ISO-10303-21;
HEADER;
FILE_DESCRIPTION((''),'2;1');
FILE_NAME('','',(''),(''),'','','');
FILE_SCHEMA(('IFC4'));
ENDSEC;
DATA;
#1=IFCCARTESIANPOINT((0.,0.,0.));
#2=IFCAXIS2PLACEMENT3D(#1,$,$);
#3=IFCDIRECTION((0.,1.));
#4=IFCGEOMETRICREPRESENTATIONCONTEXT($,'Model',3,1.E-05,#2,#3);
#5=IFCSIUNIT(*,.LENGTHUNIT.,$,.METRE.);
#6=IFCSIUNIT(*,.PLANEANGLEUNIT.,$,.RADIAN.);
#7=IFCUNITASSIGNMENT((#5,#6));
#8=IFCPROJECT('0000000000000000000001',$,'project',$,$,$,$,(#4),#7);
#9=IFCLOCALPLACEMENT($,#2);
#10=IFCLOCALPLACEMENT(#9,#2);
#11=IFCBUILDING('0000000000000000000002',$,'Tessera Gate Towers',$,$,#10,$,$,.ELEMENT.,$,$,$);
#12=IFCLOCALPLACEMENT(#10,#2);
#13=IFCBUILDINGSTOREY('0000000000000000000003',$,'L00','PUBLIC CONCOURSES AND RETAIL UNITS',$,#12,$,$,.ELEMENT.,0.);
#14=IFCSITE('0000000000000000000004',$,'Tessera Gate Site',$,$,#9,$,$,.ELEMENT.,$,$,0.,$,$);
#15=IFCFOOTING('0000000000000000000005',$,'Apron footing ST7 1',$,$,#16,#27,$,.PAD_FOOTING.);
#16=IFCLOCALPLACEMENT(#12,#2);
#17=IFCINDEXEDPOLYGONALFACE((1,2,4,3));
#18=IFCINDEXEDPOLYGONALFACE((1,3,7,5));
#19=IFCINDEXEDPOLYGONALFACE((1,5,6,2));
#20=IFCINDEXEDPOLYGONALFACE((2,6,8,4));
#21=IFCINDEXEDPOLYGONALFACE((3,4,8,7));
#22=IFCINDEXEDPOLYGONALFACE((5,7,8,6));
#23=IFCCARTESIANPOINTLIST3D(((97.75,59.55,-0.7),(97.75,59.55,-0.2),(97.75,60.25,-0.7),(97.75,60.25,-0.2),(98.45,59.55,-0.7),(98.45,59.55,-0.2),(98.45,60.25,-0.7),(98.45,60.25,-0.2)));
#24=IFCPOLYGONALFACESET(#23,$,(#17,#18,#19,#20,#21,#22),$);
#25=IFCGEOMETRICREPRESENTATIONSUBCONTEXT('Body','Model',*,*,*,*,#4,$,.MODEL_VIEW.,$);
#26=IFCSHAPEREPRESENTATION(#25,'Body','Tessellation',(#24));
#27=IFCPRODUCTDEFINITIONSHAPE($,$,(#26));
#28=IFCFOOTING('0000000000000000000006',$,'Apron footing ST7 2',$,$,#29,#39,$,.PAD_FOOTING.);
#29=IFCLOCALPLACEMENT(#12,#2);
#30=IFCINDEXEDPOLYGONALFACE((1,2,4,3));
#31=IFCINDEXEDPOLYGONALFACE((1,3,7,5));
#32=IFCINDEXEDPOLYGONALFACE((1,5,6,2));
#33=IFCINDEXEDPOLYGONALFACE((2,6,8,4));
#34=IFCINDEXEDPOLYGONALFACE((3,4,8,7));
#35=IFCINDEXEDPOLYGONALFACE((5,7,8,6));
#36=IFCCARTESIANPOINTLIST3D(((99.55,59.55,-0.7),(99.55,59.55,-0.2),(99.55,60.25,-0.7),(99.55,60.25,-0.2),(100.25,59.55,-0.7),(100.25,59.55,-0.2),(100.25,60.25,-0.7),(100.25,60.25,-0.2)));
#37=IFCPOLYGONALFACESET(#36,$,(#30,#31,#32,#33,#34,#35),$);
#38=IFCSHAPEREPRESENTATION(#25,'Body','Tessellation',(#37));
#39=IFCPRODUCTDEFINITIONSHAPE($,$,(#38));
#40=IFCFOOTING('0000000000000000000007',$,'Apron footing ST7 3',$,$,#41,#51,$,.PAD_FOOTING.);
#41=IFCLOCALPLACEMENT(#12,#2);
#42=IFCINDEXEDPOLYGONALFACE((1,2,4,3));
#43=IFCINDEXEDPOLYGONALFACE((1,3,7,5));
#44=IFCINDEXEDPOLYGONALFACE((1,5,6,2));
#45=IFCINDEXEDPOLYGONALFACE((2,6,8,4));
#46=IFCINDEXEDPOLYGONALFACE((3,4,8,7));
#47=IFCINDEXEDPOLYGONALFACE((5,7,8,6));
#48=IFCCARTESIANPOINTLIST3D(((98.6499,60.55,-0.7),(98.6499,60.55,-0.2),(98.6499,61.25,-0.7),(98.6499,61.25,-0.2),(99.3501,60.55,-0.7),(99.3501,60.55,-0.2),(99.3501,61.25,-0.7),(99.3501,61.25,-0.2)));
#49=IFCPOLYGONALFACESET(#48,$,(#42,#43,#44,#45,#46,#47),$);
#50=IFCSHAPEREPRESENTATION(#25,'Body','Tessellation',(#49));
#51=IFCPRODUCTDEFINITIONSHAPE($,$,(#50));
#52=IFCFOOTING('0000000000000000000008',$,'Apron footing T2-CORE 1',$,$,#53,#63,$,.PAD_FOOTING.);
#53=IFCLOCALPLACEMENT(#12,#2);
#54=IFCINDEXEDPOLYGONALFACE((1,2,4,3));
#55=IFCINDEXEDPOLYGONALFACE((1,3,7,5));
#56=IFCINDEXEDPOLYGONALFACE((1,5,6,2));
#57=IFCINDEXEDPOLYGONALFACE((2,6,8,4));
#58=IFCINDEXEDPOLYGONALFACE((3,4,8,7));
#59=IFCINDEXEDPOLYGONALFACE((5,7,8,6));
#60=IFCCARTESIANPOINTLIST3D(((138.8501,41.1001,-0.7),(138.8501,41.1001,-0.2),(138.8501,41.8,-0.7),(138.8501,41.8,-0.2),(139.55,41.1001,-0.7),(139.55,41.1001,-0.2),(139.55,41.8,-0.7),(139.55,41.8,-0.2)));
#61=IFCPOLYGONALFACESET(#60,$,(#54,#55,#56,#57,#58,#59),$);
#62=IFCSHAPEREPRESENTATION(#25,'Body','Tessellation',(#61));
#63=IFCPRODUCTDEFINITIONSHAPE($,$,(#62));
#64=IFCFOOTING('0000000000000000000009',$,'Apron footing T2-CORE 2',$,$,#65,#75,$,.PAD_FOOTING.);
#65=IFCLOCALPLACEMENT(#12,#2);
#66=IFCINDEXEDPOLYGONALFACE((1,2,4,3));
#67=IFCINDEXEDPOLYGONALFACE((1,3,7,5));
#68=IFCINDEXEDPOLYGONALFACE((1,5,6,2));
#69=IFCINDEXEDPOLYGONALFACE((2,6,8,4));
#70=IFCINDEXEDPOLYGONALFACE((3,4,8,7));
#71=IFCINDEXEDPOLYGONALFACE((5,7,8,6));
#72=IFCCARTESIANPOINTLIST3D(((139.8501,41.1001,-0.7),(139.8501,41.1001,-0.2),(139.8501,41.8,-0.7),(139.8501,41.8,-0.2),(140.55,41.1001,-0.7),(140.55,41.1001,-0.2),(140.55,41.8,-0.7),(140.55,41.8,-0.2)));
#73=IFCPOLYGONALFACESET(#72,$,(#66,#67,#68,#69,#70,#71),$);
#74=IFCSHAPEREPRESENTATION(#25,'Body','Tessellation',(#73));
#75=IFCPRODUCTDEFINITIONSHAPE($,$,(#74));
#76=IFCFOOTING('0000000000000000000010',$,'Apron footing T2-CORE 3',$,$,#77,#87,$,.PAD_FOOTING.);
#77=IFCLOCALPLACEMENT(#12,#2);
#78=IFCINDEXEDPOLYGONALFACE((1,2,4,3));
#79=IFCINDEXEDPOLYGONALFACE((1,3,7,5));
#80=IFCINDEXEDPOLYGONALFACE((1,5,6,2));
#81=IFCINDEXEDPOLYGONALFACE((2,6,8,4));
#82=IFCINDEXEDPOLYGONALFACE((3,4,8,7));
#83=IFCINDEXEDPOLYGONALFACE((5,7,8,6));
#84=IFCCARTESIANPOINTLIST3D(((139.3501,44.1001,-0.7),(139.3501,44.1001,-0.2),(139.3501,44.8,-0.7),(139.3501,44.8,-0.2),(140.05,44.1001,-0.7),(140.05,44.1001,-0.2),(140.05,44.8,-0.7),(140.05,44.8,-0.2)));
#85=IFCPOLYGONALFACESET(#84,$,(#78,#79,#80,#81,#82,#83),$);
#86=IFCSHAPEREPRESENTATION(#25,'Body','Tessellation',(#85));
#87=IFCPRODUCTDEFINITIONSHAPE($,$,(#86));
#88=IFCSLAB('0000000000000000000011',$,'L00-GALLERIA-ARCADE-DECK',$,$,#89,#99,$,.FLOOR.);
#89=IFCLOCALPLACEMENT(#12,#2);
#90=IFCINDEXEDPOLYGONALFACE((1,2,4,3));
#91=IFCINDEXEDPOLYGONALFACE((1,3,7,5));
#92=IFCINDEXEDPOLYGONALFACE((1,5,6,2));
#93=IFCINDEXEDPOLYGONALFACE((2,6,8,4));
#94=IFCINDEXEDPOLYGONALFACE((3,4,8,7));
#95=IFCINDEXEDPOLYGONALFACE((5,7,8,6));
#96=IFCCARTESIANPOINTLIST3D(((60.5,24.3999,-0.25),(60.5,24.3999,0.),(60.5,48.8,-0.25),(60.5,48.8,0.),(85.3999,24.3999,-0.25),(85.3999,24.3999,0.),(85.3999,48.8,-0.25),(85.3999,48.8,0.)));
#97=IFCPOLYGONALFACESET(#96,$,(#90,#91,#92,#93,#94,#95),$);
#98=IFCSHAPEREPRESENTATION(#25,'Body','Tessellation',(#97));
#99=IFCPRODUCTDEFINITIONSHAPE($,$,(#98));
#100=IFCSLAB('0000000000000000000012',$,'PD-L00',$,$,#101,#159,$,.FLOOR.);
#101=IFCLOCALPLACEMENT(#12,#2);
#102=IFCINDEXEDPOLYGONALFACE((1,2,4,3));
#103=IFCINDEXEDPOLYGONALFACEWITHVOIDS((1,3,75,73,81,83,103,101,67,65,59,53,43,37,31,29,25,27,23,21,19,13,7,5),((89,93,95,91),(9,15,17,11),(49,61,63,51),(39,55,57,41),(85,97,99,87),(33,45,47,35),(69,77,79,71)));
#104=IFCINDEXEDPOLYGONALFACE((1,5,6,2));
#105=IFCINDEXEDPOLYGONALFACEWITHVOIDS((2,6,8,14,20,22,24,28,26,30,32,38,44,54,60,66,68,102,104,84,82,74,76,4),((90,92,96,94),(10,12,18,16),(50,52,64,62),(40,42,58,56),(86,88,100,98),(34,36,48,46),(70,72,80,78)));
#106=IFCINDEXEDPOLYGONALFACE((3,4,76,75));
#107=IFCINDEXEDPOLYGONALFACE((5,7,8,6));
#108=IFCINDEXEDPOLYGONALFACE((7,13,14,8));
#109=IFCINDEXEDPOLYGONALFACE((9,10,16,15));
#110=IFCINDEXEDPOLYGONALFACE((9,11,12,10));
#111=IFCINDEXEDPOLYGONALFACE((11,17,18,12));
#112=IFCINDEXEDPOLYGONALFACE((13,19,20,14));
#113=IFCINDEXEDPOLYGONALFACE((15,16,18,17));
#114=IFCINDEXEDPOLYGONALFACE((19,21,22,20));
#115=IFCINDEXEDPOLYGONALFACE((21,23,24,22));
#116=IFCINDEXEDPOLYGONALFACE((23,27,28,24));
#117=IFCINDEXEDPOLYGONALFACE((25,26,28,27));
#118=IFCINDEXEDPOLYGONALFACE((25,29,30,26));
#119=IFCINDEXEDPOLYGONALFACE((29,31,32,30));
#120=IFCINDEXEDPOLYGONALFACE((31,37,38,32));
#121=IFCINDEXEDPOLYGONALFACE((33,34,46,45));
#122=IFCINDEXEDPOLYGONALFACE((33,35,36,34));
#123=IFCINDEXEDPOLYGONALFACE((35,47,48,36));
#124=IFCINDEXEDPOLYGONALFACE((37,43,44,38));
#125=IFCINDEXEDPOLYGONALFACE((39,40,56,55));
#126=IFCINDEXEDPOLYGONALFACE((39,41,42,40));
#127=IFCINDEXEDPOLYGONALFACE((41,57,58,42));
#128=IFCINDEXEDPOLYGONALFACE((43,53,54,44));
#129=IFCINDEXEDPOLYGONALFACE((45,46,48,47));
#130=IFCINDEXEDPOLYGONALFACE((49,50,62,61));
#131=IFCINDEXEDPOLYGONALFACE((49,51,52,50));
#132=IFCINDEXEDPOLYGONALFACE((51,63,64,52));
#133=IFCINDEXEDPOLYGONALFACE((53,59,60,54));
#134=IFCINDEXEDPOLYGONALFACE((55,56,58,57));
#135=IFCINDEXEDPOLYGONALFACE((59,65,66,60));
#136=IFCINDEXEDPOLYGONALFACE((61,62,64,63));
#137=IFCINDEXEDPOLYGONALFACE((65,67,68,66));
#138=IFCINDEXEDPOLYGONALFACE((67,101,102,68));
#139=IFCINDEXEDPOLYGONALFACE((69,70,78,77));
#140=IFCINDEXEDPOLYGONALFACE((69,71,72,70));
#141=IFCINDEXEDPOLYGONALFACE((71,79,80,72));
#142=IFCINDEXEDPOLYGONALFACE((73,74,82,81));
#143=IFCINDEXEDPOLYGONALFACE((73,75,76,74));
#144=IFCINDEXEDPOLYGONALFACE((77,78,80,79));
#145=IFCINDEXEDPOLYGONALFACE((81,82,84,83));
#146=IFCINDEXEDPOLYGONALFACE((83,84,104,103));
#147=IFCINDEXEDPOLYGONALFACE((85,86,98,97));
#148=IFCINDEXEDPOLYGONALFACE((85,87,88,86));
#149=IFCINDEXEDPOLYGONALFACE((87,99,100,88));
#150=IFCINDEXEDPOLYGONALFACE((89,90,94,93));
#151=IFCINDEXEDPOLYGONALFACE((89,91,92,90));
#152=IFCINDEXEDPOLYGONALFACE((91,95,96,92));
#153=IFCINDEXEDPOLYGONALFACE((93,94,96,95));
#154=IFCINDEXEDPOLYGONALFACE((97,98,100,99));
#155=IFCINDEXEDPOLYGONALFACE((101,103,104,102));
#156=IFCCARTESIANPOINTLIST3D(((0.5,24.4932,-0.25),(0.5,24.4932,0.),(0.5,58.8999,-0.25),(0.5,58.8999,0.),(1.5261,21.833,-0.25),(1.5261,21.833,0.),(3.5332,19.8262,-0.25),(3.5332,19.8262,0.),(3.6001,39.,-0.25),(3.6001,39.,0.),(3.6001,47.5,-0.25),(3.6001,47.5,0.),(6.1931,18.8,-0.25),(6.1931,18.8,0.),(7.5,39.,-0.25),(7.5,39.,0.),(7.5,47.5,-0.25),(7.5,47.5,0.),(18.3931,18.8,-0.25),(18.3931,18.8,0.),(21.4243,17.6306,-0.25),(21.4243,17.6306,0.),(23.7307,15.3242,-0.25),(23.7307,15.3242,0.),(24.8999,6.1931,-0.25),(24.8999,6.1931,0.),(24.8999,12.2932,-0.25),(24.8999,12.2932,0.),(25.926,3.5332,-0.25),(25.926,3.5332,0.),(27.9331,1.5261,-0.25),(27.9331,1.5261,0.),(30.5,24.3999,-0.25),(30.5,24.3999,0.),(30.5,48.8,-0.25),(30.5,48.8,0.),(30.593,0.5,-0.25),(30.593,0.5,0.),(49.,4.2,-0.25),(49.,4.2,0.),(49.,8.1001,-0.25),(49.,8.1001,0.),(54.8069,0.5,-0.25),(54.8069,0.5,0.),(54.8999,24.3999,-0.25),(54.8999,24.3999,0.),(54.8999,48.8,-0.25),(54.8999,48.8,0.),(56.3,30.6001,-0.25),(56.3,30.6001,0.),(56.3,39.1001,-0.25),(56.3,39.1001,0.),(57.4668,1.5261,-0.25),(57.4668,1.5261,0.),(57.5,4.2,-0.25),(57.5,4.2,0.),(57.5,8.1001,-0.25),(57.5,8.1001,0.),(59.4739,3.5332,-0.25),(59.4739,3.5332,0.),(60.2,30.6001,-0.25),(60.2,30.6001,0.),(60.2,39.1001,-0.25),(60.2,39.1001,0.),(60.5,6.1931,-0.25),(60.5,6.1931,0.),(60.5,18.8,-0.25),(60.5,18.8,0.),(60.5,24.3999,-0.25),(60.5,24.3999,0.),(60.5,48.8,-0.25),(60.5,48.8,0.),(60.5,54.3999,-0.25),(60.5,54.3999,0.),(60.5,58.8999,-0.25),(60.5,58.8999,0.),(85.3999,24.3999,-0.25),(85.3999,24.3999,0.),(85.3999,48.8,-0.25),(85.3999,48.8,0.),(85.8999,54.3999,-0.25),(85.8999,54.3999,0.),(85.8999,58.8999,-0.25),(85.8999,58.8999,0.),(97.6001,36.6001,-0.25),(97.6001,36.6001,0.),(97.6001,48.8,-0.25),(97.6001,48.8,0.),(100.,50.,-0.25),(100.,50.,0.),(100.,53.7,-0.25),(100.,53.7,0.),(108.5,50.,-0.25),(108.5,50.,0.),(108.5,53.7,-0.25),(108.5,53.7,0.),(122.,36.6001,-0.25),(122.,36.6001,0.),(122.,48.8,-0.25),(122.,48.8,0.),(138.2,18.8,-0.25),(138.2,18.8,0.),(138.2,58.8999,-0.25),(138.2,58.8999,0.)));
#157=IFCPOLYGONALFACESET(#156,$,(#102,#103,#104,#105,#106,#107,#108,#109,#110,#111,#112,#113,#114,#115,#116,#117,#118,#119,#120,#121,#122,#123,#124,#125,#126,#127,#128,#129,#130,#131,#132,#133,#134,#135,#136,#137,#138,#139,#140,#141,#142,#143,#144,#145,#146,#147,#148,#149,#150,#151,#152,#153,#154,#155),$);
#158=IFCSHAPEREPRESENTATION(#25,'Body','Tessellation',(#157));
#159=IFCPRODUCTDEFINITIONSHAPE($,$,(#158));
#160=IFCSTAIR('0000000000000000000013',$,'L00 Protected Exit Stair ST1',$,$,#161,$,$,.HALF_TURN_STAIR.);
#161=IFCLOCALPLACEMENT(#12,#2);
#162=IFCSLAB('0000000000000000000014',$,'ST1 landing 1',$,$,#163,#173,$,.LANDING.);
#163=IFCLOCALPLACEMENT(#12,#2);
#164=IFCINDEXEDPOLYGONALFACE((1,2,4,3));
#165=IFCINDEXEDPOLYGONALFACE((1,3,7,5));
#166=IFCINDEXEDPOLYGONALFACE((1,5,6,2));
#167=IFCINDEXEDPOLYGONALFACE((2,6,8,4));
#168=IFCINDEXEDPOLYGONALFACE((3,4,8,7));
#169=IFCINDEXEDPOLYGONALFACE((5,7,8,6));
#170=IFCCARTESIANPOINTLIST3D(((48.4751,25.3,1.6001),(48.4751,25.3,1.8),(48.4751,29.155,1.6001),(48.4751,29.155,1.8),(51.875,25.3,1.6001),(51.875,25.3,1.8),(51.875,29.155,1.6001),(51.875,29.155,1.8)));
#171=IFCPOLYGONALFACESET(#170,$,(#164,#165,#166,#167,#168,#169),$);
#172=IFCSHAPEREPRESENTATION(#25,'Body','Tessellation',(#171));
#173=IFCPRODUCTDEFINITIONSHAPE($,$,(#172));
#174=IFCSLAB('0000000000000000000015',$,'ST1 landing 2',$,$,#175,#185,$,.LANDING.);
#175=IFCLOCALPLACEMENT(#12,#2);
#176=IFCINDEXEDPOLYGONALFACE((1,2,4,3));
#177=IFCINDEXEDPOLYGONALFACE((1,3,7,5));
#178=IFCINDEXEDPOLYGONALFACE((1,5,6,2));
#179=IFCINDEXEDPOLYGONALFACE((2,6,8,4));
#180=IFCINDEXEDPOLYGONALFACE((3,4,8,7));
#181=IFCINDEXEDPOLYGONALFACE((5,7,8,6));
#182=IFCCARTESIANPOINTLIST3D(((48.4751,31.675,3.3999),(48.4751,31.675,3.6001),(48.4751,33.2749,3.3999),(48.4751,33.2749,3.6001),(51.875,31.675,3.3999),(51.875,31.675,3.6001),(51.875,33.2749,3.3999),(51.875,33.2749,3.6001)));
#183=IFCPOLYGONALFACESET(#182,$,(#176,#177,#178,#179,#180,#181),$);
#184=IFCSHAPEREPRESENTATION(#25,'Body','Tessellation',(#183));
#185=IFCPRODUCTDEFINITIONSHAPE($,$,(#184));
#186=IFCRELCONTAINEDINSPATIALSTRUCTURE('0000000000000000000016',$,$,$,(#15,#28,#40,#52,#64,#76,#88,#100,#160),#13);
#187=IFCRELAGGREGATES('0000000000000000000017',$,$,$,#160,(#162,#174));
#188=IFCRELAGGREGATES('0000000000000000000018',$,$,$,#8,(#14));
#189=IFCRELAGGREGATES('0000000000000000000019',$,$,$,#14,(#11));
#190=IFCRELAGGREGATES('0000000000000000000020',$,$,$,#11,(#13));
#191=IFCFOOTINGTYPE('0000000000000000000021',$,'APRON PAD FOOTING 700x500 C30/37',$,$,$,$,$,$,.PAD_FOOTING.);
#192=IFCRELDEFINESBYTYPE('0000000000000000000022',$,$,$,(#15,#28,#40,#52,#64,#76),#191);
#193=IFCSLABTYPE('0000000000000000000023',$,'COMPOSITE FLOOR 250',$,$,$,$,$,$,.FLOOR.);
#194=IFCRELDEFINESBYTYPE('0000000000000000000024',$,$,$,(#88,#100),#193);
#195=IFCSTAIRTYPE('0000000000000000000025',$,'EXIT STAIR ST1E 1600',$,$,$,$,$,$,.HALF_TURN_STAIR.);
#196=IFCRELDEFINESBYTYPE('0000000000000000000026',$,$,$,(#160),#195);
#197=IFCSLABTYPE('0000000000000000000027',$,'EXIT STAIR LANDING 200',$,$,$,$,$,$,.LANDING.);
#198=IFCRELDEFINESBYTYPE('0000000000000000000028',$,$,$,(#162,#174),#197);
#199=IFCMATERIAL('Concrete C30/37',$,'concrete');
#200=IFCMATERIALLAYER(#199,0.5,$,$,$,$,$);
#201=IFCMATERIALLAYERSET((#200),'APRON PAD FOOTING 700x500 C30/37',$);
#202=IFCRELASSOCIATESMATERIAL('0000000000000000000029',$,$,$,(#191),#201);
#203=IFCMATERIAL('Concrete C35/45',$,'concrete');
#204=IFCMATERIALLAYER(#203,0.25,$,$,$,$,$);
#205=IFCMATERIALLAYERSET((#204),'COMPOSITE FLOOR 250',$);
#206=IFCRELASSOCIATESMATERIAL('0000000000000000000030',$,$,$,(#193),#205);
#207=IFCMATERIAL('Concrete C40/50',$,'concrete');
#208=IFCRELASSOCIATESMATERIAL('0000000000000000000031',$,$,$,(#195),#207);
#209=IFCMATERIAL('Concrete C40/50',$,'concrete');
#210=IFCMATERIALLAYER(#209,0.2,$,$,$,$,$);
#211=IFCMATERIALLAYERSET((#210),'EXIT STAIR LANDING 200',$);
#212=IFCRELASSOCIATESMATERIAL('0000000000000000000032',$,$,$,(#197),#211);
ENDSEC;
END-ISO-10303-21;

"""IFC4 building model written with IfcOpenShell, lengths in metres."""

from ifc_helpers import new_model, si_unit, direction, frame, origin, place, context, subcontext, project, spatial, polyline, outline, extrude, material, layer, layer_set, type_object, element, aggregate, save


model = new_model("IFC4")

# Units and contexts
model_context = context("Model", 3, precision=1e-05, world=origin(), true_north=direction((0.0, 1.0)))
body_context = subcontext(model_context, "Body", "Model", "MODEL_VIEW")
ifc_project = project(units=[si_unit("LENGTHUNIT", "METRE"), si_unit("PLANEANGLEUNIT", "RADIAN")], contexts=[model_context])

# Site, building, storey
site_placement = place(None, origin())
site = spatial("IfcSite", under=ifc_project, at=site_placement, Name="Tessera Gate Site", CompositionType="ELEMENT", RefElevation=0.0)
building_placement = place(site_placement, origin())
building = spatial("IfcBuilding", under=site, at=building_placement, Name="Tessera Gate Towers", CompositionType="ELEMENT")
storey_placement = place(building_placement, origin())
storey = spatial("IfcBuildingStorey", under=building, at=storey_placement, Name="L00", Description="PUBLIC CONCOURSES AND RETAIL UNITS", CompositionType="ELEMENT", Elevation=0.0)

# Footings
ifc_material_1 = material(Name="Concrete C30/37", Category="concrete")
ifc_layer_1 = layer(ifc_material_1, 0.5)
ifc_layer_set_1 = layer_set([ifc_layer_1], Name="APRON PAD FOOTING 700x500 C30/37")
footing_type = type_object("IfcFootingType", Name="APRON PAD FOOTING 700x500 C30/37", PredefinedType="PAD_FOOTING", material=ifc_layer_set_1)
footing_1_placement = place(storey_placement, frame((0.0, 0.0, -0.7)))
element("IfcFooting", 1, at=footing_1_placement, inside=storey, type_object=footing_type, Name="Apron footing ST7 1", PredefinedType="PAD_FOOTING", context=body_context, shape_type="SweptSolid", body=[
    extrude(outline(polyline([(97.75, 59.55), (98.45, 59.55), (98.45, 60.25), (97.75, 60.25), (97.75, 59.55)])), origin(), (0.0, 0.0, 1.0), 0.5),
])
footing_2_placement = place(storey_placement, frame((0.0, 0.0, -0.7)))
element("IfcFooting", 2, at=footing_2_placement, inside=storey, type_object=footing_type, Name="Apron footing ST7 2", PredefinedType="PAD_FOOTING", context=body_context, shape_type="SweptSolid", body=[
    extrude(outline(polyline([(99.55, 59.55), (100.25, 59.55), (100.25, 60.25), (99.55, 60.25), (99.55, 59.55)])), origin(), (0.0, 0.0, 1.0), 0.5),
])
footing_3_placement = place(storey_placement, frame((0.0, 0.0, -0.7)))
element("IfcFooting", 3, at=footing_3_placement, inside=storey, type_object=footing_type, Name="Apron footing ST7 3", PredefinedType="PAD_FOOTING", context=body_context, shape_type="SweptSolid", body=[
    extrude(outline(polyline([(98.6499, 60.55), (99.3501, 60.55), (99.3501, 61.25), (98.6499, 61.25), (98.6499, 60.55)])), origin(), (0.0, 0.0, 1.0), 0.5),
])
footing_4_placement = place(storey_placement, frame((0.0, 0.0, -0.7)))
element("IfcFooting", 4, at=footing_4_placement, inside=storey, type_object=footing_type, Name="Apron footing T2-CORE 1", PredefinedType="PAD_FOOTING", context=body_context, shape_type="SweptSolid", body=[
    extrude(outline(polyline([(138.8501, 41.1001), (139.55, 41.1001), (139.55, 41.8), (138.8501, 41.8), (138.8501, 41.1001)])), origin(), (0.0, 0.0, 1.0), 0.5),
])
footing_5_placement = place(storey_placement, frame((0.0, 0.0, -0.7)))
element("IfcFooting", 5, at=footing_5_placement, inside=storey, type_object=footing_type, Name="Apron footing T2-CORE 2", PredefinedType="PAD_FOOTING", context=body_context, shape_type="SweptSolid", body=[
    extrude(outline(polyline([(139.8501, 41.1001), (140.55, 41.1001), (140.55, 41.8), (139.8501, 41.8), (139.8501, 41.1001)])), origin(), (0.0, 0.0, 1.0), 0.5),
])
footing_6_placement = place(storey_placement, frame((0.0, 0.0, -0.7)))
element("IfcFooting", 6, at=footing_6_placement, inside=storey, type_object=footing_type, Name="Apron footing T2-CORE 3", PredefinedType="PAD_FOOTING", context=body_context, shape_type="SweptSolid", body=[
    extrude(outline(polyline([(139.3501, 44.1001), (140.05, 44.1001), (140.05, 44.8), (139.3501, 44.8), (139.3501, 44.1001)])), origin(), (0.0, 0.0, 1.0), 0.5),
])

# Slabs
ifc_material_2 = material(Name="Concrete C35/45", Category="concrete")
ifc_layer_2 = layer(ifc_material_2, 0.25)
ifc_layer_set_2 = layer_set([ifc_layer_2], Name="COMPOSITE FLOOR 250")
slab_type_1 = type_object("IfcSlabType", Name="COMPOSITE FLOOR 250", PredefinedType="FLOOR", material=ifc_layer_set_2)
slab_1_placement = place(storey_placement, frame((0.0, 0.0, -0.25)))
element("IfcSlab", 7, at=slab_1_placement, inside=storey, type_object=slab_type_1, Name="L00-GALLERIA-ARCADE-DECK", PredefinedType="FLOOR", context=body_context, shape_type="SweptSolid", body=[
    extrude(outline(polyline([(60.5, 24.3999), (85.3999, 24.3999), (85.3999, 48.8), (60.5, 48.8), (60.5, 24.3999)])), origin(), (0.0, 0.0, 1.0), 0.25),
])
slab_2_placement = place(storey_placement, frame((0.0, 0.0, -0.25)))
element("IfcSlab", 8, at=slab_2_placement, inside=storey, type_object=slab_type_1, Name="PD-L00", PredefinedType="FLOOR", context=body_context, shape_type="SweptSolid", body=[
    extrude(outline(polyline([(0.5, 24.4932), (1.5261, 21.833), (3.5332, 19.8262), (6.1931, 18.8), (18.3931, 18.8), (21.4243, 17.6306), (23.7307, 15.3242), (24.8999, 12.2932), (24.8999, 6.1931), (25.926, 3.5332), (27.9331, 1.5261), (30.593, 0.5), (54.8069, 0.5), (57.4668, 1.5261), (59.4739, 3.5332), (60.5, 6.1931), (60.5, 18.8), (138.2, 18.8), (138.2, 58.8999), (85.8999, 58.8999), (85.8999, 54.3999), (60.5, 54.3999), (60.5, 58.8999), (0.5, 58.8999), (0.5, 24.4932)]), holes=[polyline([(3.6001, 39.0), (3.6001, 47.5), (7.5, 47.5), (7.5, 39.0), (3.6001, 39.0)]), polyline([(30.5, 24.3999), (30.5, 48.8), (54.8999, 48.8), (54.8999, 24.3999), (30.5, 24.3999)]), polyline([(49.0, 4.2), (49.0, 8.1001), (57.5, 8.1001), (57.5, 4.2), (49.0, 4.2)]), polyline([(56.3, 30.6001), (56.3, 39.1001), (60.2, 39.1001), (60.2, 30.6001), (56.3, 30.6001)]), polyline([(60.5, 24.3999), (60.5, 48.8), (85.3999, 48.8), (85.3999, 24.3999), (60.5, 24.3999)]), polyline([(97.6001, 36.6001), (97.6001, 48.8), (122.0, 48.8), (122.0, 36.6001), (97.6001, 36.6001)]), polyline([(100.0, 50.0), (100.0, 53.7), (108.5, 53.7), (108.5, 50.0), (100.0, 50.0)])]), origin(), (0.0, 0.0, 1.0), 0.25),
])

# Stair, slabs
ifc_material_3 = material(Name="Concrete C40/50", Category="concrete")
stair_type_1 = type_object("IfcStairType", Name="EXIT STAIR ST1E 1600", PredefinedType="HALF_TURN_STAIR", material=ifc_material_3)
stair_1_placement = place(storey_placement, origin())
stair_1 = element("IfcStair", 9, at=stair_1_placement, inside=storey, type_object=stair_type_1, Name="L00 Protected Exit Stair ST1", PredefinedType="HALF_TURN_STAIR")
ifc_material_4 = material(Name="Concrete C40/50", Category="concrete")
ifc_layer_3 = layer(ifc_material_4, 0.2)
ifc_layer_set_3 = layer_set([ifc_layer_3], Name="EXIT STAIR LANDING 200")
slab_type_2 = type_object("IfcSlabType", Name="EXIT STAIR LANDING 200", PredefinedType="LANDING", material=ifc_layer_set_3)
slab_3_placement = place(storey_placement, frame((0.0, 0.0, 1.6001)))
slab_3 = element("IfcSlab", 10, at=slab_3_placement, type_object=slab_type_2, Name="ST1 landing 1", PredefinedType="LANDING", context=body_context, shape_type="SweptSolid", body=[
    extrude(outline(polyline([(48.4751, 29.155), (48.4751, 25.3), (51.875, 25.3), (51.875, 29.155), (48.4751, 29.155)])), origin(), (0.0, 0.0, 1.0), 0.2),
])
slab_4_placement = place(storey_placement, frame((0.0, 0.0, 3.3999)))
slab_4 = element("IfcSlab", 11, at=slab_4_placement, type_object=slab_type_2, Name="ST1 landing 2", PredefinedType="LANDING", context=body_context, shape_type="SweptSolid", body=[
    extrude(outline(polyline([(48.4751, 33.2749), (48.4751, 31.675), (51.875, 31.675), (51.875, 33.2749), (48.4751, 33.2749)])), origin(), (0.0, 0.0, 1.0), 0.2002),
])
aggregate(stair_1, [slab_3, slab_4])

save(model, "model.ifc")
